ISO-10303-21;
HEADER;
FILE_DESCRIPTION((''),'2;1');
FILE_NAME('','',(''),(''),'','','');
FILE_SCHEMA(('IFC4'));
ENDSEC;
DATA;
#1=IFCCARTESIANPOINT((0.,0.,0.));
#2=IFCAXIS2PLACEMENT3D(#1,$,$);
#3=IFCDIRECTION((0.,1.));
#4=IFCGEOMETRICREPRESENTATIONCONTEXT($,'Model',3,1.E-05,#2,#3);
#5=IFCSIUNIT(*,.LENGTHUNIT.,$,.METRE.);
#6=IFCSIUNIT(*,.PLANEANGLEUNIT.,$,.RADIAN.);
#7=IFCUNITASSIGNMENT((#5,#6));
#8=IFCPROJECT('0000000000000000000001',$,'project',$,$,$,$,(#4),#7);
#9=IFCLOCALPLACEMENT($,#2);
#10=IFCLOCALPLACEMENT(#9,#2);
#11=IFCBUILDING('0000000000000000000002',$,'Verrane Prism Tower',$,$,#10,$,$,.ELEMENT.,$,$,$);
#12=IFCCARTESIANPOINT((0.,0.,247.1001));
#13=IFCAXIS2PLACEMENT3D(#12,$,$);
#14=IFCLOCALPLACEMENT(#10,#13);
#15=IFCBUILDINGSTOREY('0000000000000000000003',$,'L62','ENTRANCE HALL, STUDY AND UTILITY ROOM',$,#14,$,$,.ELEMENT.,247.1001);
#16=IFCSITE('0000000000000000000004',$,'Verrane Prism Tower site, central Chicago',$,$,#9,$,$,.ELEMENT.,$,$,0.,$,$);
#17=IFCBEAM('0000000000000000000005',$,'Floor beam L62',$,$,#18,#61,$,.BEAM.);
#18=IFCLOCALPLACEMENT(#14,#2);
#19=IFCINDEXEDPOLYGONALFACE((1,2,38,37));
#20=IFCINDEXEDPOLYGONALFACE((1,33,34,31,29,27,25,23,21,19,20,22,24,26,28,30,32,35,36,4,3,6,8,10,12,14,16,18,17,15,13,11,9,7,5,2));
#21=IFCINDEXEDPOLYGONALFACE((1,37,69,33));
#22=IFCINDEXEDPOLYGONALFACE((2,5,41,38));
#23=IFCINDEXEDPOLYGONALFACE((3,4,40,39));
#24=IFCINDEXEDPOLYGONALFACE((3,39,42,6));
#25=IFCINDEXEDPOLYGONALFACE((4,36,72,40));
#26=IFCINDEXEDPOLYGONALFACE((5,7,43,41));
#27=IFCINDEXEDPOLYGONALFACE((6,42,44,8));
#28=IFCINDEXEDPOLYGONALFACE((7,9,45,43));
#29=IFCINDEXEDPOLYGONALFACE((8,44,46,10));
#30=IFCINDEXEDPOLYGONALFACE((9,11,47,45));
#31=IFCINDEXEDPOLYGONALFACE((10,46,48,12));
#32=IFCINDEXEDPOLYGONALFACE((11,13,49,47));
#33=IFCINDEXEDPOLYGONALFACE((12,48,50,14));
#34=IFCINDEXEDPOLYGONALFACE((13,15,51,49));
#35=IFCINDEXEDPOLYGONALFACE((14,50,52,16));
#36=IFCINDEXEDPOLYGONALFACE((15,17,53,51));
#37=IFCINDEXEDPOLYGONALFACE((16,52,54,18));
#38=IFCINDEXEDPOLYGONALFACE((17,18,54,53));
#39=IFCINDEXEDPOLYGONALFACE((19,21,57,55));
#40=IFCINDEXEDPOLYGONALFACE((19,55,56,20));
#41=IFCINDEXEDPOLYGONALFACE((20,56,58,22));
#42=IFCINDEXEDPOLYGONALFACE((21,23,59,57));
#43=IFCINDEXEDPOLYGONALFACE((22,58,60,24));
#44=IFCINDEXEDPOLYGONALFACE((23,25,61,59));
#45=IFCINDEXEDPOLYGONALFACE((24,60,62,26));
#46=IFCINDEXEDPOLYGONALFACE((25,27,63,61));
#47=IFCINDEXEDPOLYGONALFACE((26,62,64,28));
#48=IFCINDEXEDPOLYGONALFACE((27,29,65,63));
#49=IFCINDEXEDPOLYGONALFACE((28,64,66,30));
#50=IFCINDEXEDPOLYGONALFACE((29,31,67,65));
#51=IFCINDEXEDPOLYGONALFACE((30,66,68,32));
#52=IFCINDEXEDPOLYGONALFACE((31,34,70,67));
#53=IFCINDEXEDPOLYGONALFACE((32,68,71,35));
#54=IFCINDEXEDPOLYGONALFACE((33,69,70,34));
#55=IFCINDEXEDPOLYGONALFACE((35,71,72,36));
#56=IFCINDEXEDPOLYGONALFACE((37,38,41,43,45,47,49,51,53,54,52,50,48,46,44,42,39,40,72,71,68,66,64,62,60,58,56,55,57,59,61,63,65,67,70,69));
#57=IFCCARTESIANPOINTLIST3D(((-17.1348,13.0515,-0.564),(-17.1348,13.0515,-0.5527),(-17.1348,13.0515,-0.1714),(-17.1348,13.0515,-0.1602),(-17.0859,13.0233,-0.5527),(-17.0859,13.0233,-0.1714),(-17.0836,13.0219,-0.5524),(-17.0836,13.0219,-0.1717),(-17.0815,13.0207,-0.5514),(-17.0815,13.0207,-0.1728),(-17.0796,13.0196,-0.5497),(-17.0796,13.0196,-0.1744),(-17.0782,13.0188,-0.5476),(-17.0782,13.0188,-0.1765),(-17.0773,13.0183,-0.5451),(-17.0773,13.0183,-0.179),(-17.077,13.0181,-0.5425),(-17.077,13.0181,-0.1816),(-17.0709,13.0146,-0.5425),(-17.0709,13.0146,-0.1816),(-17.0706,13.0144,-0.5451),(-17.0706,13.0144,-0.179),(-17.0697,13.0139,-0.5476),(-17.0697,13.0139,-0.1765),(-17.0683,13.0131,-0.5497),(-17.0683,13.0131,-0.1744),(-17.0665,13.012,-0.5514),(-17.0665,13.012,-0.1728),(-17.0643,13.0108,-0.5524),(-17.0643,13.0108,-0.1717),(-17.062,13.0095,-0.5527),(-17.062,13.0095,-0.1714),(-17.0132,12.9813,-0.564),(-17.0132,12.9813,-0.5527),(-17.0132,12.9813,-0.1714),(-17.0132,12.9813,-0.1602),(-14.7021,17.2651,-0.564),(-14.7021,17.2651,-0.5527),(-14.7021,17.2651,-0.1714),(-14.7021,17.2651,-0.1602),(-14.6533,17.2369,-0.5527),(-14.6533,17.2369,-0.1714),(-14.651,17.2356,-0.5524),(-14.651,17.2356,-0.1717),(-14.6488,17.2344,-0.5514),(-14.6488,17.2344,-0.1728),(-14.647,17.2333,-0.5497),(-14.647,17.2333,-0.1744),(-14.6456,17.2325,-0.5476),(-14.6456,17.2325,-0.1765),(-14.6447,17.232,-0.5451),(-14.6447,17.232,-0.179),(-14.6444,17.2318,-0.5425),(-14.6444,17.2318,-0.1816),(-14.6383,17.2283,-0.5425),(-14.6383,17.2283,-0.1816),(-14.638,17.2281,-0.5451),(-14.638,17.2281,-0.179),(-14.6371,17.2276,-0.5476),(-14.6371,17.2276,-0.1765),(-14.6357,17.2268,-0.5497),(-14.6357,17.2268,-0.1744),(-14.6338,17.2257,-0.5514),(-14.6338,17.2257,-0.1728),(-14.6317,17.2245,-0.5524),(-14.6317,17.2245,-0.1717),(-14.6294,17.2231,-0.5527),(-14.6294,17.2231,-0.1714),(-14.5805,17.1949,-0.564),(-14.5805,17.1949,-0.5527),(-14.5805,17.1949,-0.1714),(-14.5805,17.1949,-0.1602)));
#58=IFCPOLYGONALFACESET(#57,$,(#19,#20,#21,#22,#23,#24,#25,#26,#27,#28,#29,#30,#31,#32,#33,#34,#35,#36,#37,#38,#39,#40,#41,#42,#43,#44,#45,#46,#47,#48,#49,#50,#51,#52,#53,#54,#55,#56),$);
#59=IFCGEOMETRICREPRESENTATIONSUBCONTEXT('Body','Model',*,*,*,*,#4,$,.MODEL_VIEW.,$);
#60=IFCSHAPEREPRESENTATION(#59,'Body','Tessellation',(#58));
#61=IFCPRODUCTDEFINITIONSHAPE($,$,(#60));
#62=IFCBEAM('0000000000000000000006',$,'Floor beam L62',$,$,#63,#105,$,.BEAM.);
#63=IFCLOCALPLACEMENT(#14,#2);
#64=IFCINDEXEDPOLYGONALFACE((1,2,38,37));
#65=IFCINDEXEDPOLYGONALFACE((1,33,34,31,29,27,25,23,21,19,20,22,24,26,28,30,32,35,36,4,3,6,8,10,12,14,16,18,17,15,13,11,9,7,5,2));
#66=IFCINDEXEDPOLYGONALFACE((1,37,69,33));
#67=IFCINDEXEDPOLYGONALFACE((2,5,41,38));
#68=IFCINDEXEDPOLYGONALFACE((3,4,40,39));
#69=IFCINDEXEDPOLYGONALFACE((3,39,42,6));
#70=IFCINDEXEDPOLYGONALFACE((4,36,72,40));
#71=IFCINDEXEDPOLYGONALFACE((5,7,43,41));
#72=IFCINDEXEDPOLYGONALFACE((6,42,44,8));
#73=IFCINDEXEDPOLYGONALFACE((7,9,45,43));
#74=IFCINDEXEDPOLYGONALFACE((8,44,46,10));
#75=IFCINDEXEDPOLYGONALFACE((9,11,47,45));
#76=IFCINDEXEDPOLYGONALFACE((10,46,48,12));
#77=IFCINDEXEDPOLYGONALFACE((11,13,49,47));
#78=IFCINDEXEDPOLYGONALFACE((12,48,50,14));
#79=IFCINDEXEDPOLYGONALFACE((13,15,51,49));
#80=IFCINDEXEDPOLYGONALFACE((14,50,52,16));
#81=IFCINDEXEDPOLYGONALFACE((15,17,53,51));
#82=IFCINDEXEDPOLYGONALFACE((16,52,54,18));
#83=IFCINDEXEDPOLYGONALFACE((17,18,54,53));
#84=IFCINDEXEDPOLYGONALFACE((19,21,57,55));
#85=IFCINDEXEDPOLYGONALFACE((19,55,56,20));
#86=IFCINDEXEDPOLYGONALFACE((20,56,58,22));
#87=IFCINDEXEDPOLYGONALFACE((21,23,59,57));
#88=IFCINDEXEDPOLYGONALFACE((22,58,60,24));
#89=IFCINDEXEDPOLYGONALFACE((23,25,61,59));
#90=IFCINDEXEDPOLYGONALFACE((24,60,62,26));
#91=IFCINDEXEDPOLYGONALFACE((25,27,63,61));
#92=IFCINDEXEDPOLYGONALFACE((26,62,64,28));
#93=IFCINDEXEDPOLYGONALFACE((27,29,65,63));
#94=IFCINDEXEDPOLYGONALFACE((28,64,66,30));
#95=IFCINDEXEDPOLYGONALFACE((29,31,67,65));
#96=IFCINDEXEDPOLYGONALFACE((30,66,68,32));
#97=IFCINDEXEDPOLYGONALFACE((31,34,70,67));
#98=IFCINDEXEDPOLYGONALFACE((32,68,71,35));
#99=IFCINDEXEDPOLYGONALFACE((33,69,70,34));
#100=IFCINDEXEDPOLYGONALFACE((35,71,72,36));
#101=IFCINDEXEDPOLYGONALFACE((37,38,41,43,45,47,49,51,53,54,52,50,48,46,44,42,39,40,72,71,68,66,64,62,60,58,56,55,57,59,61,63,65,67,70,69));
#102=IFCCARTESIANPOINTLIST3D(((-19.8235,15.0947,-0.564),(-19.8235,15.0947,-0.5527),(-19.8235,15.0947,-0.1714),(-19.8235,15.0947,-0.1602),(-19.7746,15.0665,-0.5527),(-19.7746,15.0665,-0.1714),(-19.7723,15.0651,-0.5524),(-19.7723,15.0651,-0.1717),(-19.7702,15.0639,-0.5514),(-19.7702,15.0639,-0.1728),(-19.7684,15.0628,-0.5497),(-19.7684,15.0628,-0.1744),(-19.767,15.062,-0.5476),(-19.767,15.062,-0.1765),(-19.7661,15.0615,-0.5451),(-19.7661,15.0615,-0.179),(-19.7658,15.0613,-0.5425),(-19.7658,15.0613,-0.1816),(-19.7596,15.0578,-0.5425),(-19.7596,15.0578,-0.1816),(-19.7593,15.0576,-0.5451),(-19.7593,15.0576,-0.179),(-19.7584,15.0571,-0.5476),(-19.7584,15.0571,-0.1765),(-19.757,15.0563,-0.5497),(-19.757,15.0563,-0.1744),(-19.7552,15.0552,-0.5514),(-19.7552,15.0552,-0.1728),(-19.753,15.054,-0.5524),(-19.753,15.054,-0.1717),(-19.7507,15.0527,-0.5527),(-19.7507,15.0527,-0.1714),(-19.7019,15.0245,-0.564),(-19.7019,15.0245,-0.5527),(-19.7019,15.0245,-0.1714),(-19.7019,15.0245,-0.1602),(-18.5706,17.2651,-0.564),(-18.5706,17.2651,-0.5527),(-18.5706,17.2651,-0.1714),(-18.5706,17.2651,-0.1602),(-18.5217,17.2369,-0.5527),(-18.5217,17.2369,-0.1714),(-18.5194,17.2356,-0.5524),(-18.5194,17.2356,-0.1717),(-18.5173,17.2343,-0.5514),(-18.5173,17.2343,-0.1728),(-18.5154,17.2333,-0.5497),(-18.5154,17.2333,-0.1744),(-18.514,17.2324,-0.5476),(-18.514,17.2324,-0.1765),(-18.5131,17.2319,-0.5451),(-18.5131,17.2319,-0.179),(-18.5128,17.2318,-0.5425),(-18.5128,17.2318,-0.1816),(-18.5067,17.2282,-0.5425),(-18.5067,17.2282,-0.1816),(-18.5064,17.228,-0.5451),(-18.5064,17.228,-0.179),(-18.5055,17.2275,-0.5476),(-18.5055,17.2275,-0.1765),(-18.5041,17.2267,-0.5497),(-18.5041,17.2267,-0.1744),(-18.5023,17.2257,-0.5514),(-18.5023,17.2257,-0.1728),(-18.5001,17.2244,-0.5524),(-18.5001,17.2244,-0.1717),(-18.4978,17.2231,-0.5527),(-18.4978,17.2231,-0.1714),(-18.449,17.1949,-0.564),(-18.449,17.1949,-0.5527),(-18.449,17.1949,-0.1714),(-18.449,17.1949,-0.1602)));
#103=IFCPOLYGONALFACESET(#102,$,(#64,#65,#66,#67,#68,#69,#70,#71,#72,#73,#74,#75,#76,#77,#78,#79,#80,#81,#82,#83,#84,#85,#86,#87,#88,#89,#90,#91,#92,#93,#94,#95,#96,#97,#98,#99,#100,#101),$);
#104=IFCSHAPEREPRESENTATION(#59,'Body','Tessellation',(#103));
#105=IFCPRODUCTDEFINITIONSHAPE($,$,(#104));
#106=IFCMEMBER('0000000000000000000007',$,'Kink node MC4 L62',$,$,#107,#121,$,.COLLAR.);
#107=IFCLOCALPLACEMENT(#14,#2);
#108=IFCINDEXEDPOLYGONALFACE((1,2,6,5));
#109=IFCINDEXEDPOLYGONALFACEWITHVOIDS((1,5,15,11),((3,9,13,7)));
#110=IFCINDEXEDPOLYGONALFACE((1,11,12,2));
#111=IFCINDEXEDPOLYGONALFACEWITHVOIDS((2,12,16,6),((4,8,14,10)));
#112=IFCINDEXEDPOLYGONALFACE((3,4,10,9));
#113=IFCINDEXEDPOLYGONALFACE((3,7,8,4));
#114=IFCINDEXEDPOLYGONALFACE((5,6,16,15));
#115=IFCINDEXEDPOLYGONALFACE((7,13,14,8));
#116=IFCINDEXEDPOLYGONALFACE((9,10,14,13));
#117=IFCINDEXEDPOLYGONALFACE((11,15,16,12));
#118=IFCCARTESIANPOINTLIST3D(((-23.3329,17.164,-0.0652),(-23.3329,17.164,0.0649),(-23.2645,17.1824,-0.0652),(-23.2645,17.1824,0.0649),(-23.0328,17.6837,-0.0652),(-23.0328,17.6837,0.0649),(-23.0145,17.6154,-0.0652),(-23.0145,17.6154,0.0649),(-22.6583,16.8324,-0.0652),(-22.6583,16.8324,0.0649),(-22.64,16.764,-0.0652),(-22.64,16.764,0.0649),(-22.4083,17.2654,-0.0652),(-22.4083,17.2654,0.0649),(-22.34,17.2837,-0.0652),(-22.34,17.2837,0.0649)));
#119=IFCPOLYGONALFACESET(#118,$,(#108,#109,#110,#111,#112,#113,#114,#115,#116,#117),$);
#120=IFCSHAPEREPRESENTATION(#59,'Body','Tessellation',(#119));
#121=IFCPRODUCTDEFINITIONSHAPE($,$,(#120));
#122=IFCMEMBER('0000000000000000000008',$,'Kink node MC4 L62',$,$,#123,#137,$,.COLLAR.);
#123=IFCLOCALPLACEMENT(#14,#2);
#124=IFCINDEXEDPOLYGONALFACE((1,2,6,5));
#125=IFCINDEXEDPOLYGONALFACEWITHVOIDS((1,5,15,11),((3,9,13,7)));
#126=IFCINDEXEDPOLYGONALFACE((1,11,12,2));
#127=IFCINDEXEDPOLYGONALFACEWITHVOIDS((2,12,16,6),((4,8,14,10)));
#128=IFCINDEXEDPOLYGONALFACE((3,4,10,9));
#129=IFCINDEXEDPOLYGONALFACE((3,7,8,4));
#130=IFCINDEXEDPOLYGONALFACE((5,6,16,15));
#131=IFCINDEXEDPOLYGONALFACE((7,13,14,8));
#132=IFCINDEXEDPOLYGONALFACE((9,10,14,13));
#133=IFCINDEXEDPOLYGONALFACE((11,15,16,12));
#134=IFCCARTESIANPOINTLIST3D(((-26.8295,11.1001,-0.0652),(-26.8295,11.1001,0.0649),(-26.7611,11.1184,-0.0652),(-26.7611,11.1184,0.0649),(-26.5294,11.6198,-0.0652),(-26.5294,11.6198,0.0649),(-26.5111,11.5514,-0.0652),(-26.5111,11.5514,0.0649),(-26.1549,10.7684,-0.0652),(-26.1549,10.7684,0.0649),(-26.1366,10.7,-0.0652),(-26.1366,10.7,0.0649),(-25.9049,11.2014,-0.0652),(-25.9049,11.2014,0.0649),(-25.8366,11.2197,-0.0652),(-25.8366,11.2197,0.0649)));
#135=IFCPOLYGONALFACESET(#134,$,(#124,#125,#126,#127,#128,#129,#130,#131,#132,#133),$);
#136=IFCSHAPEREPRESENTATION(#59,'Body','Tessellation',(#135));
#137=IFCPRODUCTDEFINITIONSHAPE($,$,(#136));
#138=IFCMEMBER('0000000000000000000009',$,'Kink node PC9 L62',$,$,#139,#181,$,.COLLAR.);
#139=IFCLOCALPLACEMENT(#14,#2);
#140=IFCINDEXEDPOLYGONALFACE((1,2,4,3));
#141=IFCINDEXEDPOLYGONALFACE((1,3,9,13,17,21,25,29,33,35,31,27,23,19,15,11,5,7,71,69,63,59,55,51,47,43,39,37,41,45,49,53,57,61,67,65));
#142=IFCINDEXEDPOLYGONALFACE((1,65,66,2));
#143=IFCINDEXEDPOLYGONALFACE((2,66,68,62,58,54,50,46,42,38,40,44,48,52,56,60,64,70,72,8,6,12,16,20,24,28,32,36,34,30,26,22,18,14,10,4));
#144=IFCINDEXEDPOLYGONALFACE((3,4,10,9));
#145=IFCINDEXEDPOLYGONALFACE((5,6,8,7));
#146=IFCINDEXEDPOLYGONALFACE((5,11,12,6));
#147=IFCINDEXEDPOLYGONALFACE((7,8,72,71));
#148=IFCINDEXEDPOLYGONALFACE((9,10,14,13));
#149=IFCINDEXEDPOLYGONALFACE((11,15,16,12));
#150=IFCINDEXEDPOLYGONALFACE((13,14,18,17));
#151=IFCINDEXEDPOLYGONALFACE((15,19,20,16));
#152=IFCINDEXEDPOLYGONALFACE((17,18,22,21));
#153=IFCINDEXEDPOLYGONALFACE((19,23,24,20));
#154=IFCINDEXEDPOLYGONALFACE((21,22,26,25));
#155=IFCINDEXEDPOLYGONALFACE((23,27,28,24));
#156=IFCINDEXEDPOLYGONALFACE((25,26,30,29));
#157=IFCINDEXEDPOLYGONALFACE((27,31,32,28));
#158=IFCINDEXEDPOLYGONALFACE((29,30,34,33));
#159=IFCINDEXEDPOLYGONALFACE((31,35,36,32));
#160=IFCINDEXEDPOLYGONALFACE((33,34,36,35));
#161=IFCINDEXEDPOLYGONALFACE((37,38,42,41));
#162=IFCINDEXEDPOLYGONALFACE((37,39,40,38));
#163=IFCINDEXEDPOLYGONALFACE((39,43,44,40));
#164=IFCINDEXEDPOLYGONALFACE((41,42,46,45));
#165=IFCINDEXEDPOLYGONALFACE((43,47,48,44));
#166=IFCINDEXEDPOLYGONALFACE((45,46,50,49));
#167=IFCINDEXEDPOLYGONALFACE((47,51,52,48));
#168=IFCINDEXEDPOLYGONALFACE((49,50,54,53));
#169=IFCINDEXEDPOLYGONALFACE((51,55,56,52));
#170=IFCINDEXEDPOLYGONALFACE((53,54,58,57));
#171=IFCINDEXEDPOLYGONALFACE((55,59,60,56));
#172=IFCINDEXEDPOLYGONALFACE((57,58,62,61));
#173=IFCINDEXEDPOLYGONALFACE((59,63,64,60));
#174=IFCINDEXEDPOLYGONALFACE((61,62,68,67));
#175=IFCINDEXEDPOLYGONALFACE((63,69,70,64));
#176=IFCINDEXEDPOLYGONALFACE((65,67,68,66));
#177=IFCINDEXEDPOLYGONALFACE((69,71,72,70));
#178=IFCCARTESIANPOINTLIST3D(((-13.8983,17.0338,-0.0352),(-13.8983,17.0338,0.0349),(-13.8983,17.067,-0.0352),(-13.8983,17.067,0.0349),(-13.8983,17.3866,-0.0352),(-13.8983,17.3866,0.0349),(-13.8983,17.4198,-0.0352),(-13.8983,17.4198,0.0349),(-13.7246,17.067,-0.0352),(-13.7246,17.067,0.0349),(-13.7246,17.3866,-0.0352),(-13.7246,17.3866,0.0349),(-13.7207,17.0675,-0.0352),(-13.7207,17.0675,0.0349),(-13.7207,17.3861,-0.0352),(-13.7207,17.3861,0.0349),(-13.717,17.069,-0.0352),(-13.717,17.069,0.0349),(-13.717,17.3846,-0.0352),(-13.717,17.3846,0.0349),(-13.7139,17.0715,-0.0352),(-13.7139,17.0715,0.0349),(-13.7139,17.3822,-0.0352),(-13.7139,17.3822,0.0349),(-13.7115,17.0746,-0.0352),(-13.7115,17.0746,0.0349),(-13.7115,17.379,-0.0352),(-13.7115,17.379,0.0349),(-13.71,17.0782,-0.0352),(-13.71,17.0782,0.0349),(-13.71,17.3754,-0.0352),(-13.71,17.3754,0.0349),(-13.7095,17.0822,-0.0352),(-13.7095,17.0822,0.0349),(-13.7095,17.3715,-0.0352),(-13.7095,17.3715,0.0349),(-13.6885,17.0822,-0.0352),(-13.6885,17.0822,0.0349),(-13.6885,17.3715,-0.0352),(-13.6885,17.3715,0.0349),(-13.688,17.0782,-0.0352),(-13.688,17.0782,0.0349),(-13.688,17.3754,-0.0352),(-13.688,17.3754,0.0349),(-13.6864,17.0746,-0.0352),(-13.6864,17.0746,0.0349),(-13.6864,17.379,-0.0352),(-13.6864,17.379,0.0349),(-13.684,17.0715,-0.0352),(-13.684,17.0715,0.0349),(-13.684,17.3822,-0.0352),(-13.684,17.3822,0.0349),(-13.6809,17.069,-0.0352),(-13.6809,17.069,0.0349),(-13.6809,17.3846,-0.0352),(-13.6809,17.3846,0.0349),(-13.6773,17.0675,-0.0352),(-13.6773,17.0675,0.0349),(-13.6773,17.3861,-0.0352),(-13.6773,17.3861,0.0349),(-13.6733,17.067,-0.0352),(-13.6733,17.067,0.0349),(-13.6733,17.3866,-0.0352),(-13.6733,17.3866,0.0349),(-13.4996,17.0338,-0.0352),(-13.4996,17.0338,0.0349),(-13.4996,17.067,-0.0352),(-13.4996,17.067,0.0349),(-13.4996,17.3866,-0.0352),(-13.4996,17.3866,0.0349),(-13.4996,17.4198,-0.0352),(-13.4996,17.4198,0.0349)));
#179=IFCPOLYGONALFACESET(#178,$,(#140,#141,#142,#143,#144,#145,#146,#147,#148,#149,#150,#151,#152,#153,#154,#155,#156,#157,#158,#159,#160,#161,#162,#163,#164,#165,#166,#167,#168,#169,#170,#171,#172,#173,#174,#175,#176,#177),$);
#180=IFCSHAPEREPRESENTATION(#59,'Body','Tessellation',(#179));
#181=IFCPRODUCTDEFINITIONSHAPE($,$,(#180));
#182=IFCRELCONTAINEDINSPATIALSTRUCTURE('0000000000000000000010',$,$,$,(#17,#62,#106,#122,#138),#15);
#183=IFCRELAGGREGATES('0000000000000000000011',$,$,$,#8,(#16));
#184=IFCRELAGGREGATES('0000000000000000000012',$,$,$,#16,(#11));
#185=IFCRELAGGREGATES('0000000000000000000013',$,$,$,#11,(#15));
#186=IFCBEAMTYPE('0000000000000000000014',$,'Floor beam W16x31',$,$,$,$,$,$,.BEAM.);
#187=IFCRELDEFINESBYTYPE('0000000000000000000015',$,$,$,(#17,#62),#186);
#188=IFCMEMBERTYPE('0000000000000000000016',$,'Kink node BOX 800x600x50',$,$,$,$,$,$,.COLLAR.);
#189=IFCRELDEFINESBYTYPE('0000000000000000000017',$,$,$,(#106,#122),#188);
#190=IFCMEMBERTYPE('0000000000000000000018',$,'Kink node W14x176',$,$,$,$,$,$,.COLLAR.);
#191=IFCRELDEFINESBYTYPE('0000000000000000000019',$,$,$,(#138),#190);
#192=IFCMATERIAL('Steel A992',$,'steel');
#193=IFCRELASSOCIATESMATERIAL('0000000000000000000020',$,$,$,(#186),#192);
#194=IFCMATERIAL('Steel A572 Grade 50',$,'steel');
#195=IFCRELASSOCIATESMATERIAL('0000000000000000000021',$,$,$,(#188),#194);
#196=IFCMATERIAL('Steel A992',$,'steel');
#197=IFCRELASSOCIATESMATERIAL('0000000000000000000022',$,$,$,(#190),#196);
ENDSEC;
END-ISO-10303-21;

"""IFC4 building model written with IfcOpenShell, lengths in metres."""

from ifc_helpers import new_model, si_unit, direction, frame, origin, origin_2d, place, context, subcontext, project, spatial, hollow_rectangle, i_section, extrude, material, material_profile, profile_set, type_object, element, save


model = new_model("IFC4")

# Units and contexts
model_context = context("Model", 3, precision=1e-05, world=origin(), true_north=direction((0.0, 1.0)))
body_context = subcontext(model_context, "Body", "Model", "MODEL_VIEW")
ifc_project = project(units=[si_unit("LENGTHUNIT", "METRE"), si_unit("PLANEANGLEUNIT", "RADIAN")], contexts=[model_context])

# Site, building, storey
site_placement = place(None, origin())
site = spatial("IfcSite", under=ifc_project, at=site_placement, Name="Verrane Prism Tower site, central Chicago", CompositionType="ELEMENT", RefElevation=0.0)
building_placement = place(site_placement, origin())
building = spatial("IfcBuilding", under=site, at=building_placement, Name="Verrane Prism Tower", CompositionType="ELEMENT")
storey_placement = place(building_placement, frame((0.0, 0.0, 247.1001)))
storey = spatial("IfcBuildingStorey", under=building, at=storey_placement, Name="L62", Description="ENTRANCE HALL, STUDY AND UTILITY ROOM", CompositionType="ELEMENT", Elevation=247.1001)

# Beams
ifc_material_1 = material(Name="Steel A992", Category="steel")
ifc_material_profile_1 = material_profile(ifc_material_1, i_section(OverallWidth=0.1404, OverallDepth=0.4038, WebThickness=0.0071, FlangeThickness=0.0112, FilletRadius=0.0103, at=origin_2d()), Name="W16x31")
ifc_profile_set_1 = profile_set([ifc_material_profile_1], Name="Steel A992")
beam_type_1 = type_object("IfcBeamType", Name="Floor beam W16x31", PredefinedType="BEAM", material=ifc_profile_set_1)
beam_1_placement = place(storey_placement, frame((-17.074, 13.0164, -0.3621), z_axis=(0.499982, 0.866036, 0.0), x_axis=(-0.866036, 0.499982, 0.0)))
element("IfcBeam", 1, at=beam_1_placement, inside=storey, type_object=beam_type_1, Name="Floor beam L62", PredefinedType="BEAM", context=body_context, shape_type="SweptSolid", body=[
    extrude(i_section(OverallWidth=0.1404, OverallDepth=0.4038, WebThickness=0.0071, FlangeThickness=0.0112, FilletRadius=0.0103, at=origin_2d()), origin(), (0.0, 0.0, 1.0), 4.8655),
])
beam_2_placement = place(storey_placement, frame((-19.7627, 15.0596, -0.3621), z_axis=(0.499953, 0.866053, 0.0), x_axis=(-0.866053, 0.499953, 0.0)))
element("IfcBeam", 2, at=beam_2_placement, inside=storey, type_object=beam_type_1, Name="Floor beam L62", PredefinedType="BEAM", context=body_context, shape_type="SweptSolid", body=[
    extrude(i_section(OverallWidth=0.1404, OverallDepth=0.4038, WebThickness=0.0071, FlangeThickness=0.0112, FilletRadius=0.0103, at=origin_2d()), origin(), (0.0, 0.0, 1.0), 2.5061),
])

# Members
ifc_material_2 = material(Name="Steel A572 Grade 50", Category="steel")
ifc_material_profile_2 = material_profile(ifc_material_2, hollow_rectangle(XDim=0.6001, YDim=0.8, WallThickness=0.05, at=origin_2d()), Name="BOX 800x600x50")
ifc_profile_set_2 = profile_set([ifc_material_profile_2], Name="Steel A572 Grade 50")
member_type_1 = type_object("IfcMemberType", Name="Kink node BOX 800x600x50", PredefinedType="COLLAR", material=ifc_profile_set_2)
for number, where, z_axis, x_axis, name in (
    (3, (-22.8364, 17.2239, -0.0652), (0.0, 0.0, 1.0), (0.5, 0.866025, 0.0), "Kink node MC4 L62"),
    (4, (-26.333, 11.1599, -0.0652), (0.0, 0.0, 1.0), (0.5, 0.866025, 0.0), "Kink node MC4 L62"),
):
    element("IfcMember", number, at=place(storey_placement, frame(where, z_axis=z_axis, x_axis=x_axis)), inside=storey, type_object=member_type_1, Name=name, PredefinedType="COLLAR", context=body_context, shape_type="SweptSolid", body=[
        extrude(hollow_rectangle(XDim=0.6001, YDim=0.8, WallThickness=0.05, at=origin_2d()), origin(), (0.0, 0.0, 1.0), 0.1301),
    ])
ifc_material_3 = material(Name="Steel A992", Category="steel")
ifc_material_profile_3 = material_profile(ifc_material_3, i_section(OverallWidth=0.3987, OverallDepth=0.386, WebThickness=0.021, FlangeThickness=0.0332, FilletRadius=0.0151, at=origin_2d()), Name="W14x176")
ifc_profile_set_3 = profile_set([ifc_material_profile_3], Name="Steel A992")
member_type_2 = type_object("IfcMemberType", Name="Kink node W14x176", PredefinedType="COLLAR", material=ifc_profile_set_3)
member_1_placement = place(storey_placement, frame((-13.699, 17.2268, -0.0352), z_axis=(0.0, 0.0, 1.0), x_axis=(1.0, 0.0, 0.0)))
element("IfcMember", 5, at=member_1_placement, inside=storey, type_object=member_type_2, Name="Kink node PC9 L62", PredefinedType="COLLAR", context=body_context, shape_type="SweptSolid", body=[
    extrude(i_section(OverallWidth=0.3987, OverallDepth=0.386, WebThickness=0.021, FlangeThickness=0.0332, FilletRadius=0.0151, at=origin_2d()), origin(), (0.0, 0.0, 1.0), 0.0701),
])

save(model, "model.ifc")
